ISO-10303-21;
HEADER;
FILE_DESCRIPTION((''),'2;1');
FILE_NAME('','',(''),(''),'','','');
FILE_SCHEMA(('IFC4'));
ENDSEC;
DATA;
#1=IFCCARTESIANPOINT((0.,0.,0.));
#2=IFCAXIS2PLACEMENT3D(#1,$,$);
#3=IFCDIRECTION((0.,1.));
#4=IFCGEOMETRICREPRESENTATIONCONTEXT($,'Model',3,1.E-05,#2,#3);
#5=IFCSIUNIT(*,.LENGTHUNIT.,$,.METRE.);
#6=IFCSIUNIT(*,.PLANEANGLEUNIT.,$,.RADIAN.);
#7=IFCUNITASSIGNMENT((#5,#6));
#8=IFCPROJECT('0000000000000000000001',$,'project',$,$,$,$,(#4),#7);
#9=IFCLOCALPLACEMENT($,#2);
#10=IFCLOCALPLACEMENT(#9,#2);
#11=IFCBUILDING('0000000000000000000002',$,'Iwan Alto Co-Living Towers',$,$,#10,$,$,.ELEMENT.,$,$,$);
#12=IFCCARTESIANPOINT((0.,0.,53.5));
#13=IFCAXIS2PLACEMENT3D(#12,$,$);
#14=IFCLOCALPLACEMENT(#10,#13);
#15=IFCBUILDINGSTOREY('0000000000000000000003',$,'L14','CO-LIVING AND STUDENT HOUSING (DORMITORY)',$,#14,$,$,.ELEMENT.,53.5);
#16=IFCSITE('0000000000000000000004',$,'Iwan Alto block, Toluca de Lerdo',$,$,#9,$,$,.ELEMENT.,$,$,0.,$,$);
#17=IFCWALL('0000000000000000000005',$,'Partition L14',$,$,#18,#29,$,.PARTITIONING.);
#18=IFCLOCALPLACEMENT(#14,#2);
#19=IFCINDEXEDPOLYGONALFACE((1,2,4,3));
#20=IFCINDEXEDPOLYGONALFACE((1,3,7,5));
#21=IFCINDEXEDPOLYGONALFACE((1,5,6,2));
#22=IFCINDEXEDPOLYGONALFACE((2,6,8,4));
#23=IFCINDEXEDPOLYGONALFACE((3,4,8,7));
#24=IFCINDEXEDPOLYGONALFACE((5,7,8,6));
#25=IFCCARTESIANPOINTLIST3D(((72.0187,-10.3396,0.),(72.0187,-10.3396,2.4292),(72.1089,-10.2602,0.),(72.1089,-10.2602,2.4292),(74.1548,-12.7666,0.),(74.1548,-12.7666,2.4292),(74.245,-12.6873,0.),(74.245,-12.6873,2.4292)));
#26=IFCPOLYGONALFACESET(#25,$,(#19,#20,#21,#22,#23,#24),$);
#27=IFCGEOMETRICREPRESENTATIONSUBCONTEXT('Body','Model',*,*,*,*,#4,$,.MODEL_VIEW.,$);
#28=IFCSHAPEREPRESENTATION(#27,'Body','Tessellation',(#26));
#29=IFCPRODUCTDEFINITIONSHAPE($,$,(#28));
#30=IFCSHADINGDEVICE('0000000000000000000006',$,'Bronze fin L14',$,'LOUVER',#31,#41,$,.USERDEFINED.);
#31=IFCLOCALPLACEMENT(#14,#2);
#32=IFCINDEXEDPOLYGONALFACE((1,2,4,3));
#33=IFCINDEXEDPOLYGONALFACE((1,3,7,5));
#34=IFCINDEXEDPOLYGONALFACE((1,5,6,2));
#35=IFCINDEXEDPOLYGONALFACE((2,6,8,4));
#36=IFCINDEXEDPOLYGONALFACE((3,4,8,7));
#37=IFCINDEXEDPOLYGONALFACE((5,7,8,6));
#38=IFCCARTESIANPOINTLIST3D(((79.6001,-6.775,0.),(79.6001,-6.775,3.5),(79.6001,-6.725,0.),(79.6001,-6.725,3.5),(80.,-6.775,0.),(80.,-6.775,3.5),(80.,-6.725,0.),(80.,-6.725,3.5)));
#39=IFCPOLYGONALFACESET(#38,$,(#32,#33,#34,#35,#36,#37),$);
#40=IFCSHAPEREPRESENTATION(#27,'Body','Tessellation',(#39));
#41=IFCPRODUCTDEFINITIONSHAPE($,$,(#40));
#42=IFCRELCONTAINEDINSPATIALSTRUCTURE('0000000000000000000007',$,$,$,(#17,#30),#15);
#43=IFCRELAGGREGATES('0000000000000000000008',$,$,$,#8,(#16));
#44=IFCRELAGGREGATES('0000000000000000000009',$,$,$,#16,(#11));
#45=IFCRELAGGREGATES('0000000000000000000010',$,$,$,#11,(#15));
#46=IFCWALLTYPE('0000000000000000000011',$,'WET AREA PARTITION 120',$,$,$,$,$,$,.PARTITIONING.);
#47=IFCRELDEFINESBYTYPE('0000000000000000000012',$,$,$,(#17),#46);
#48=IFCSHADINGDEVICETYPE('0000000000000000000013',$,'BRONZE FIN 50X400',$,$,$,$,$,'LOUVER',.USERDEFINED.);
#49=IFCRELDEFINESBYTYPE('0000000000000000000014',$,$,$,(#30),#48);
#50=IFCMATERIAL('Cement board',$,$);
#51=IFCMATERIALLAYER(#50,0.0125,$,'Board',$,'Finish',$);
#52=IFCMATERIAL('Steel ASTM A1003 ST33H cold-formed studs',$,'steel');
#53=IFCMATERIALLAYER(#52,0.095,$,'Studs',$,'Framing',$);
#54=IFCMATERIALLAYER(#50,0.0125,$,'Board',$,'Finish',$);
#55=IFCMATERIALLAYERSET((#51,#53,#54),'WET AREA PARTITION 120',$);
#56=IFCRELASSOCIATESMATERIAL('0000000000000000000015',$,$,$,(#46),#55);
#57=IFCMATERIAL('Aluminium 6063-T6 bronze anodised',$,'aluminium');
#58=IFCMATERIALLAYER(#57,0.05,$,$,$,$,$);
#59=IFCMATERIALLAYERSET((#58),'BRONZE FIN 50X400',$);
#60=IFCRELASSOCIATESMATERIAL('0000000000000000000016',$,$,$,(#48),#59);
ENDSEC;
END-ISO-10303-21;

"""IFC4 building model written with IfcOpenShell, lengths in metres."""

from ifc_helpers import new_model, si_unit, direction, frame, frame_2d, origin, origin_2d, place, context, subcontext, project, spatial, rectangle, extrude, material, layer, layer_set, type_object, element, save


model = new_model("IFC4")

# Units and contexts
model_context = context("Model", 3, precision=1e-05, world=origin(), true_north=direction((0.0, 1.0)))
body_context = subcontext(model_context, "Body", "Model", "MODEL_VIEW")
ifc_project = project(units=[si_unit("LENGTHUNIT", "METRE"), si_unit("PLANEANGLEUNIT", "RADIAN")], contexts=[model_context])

# Site, building, storey
site_placement = place(None, origin())
site = spatial("IfcSite", under=ifc_project, at=site_placement, Name="Iwan Alto block, Toluca de Lerdo", CompositionType="ELEMENT", RefElevation=0.0)
building_placement = place(site_placement, origin())
building = spatial("IfcBuilding", under=site, at=building_placement, Name="Iwan Alto Co-Living Towers", CompositionType="ELEMENT")
storey_placement = place(building_placement, frame((0.0, 0.0, 53.5)))
storey = spatial("IfcBuildingStorey", under=building, at=storey_placement, Name="L14", Description="CO-LIVING AND STUDENT HOUSING (DORMITORY)", CompositionType="ELEMENT", Elevation=53.5)

# Shared definitions
ifc_material_1 = material(Name="Steel ASTM A1003 ST33H cold-formed studs", Category="steel")
ifc_material_2 = material(Name="Cement board")
ifc_layer_1 = layer(ifc_material_2, 0.0125, Name="Board", Category="Finish")
ifc_layer_2 = layer(ifc_material_1, 0.095, Name="Studs", Category="Framing")
ifc_layer_3 = layer(ifc_material_2, 0.0125, Name="Board", Category="Finish")
ifc_layer_set_1 = layer_set([ifc_layer_1, ifc_layer_2, ifc_layer_3], Name="WET AREA PARTITION 120")
wall_type_1 = type_object("IfcWallType", Name="WET AREA PARTITION 120", PredefinedType="PARTITIONING", material=ifc_layer_set_1)

# Wall
wall_1_placement = place(storey_placement, frame((74.2, -12.7271, 0.0), z_axis=(0.0, 0.0, 1.0), x_axis=(-0.660667, 0.750679, 0.0)))
element("IfcWall", 1, at=wall_1_placement, inside=storey, type_object=wall_type_1, Name="Partition L14", PredefinedType="PARTITIONING", context=body_context, shape_type="SweptSolid", body=[
    extrude(rectangle(XDim=3.2332, YDim=0.1201, at=frame_2d((1.6167, 0.0))), origin(), (0.0, 0.0, 1.0), 2.4292),
])

# Shading device
ifc_material_3 = material(Name="Aluminium 6063-T6 bronze anodised", Category="aluminium")
ifc_layer_4 = layer(ifc_material_3, 0.05)
ifc_layer_set_2 = layer_set([ifc_layer_4], Name="BRONZE FIN 50X400")
shading_device_type = type_object("IfcShadingDeviceType", Name="BRONZE FIN 50X400", ElementType="LOUVER", PredefinedType="USERDEFINED", material=ifc_layer_set_2)
shading_device_placement = place(storey_placement, frame((79.8, -6.75, 0.0), z_axis=(0.0, 0.0, 1.0), x_axis=(0.0, 1.0, 0.0)))
element("IfcShadingDevice", 2, at=shading_device_placement, inside=storey, type_object=shading_device_type, Name="Bronze fin L14", ObjectType="LOUVER", PredefinedType="USERDEFINED", context=body_context, shape_type="SweptSolid", body=[
    extrude(rectangle(XDim=0.05, YDim=0.3999, at=origin_2d()), origin(), (0.0, 0.0, 1.0), 3.5),
])

save(model, "model.ifc")
